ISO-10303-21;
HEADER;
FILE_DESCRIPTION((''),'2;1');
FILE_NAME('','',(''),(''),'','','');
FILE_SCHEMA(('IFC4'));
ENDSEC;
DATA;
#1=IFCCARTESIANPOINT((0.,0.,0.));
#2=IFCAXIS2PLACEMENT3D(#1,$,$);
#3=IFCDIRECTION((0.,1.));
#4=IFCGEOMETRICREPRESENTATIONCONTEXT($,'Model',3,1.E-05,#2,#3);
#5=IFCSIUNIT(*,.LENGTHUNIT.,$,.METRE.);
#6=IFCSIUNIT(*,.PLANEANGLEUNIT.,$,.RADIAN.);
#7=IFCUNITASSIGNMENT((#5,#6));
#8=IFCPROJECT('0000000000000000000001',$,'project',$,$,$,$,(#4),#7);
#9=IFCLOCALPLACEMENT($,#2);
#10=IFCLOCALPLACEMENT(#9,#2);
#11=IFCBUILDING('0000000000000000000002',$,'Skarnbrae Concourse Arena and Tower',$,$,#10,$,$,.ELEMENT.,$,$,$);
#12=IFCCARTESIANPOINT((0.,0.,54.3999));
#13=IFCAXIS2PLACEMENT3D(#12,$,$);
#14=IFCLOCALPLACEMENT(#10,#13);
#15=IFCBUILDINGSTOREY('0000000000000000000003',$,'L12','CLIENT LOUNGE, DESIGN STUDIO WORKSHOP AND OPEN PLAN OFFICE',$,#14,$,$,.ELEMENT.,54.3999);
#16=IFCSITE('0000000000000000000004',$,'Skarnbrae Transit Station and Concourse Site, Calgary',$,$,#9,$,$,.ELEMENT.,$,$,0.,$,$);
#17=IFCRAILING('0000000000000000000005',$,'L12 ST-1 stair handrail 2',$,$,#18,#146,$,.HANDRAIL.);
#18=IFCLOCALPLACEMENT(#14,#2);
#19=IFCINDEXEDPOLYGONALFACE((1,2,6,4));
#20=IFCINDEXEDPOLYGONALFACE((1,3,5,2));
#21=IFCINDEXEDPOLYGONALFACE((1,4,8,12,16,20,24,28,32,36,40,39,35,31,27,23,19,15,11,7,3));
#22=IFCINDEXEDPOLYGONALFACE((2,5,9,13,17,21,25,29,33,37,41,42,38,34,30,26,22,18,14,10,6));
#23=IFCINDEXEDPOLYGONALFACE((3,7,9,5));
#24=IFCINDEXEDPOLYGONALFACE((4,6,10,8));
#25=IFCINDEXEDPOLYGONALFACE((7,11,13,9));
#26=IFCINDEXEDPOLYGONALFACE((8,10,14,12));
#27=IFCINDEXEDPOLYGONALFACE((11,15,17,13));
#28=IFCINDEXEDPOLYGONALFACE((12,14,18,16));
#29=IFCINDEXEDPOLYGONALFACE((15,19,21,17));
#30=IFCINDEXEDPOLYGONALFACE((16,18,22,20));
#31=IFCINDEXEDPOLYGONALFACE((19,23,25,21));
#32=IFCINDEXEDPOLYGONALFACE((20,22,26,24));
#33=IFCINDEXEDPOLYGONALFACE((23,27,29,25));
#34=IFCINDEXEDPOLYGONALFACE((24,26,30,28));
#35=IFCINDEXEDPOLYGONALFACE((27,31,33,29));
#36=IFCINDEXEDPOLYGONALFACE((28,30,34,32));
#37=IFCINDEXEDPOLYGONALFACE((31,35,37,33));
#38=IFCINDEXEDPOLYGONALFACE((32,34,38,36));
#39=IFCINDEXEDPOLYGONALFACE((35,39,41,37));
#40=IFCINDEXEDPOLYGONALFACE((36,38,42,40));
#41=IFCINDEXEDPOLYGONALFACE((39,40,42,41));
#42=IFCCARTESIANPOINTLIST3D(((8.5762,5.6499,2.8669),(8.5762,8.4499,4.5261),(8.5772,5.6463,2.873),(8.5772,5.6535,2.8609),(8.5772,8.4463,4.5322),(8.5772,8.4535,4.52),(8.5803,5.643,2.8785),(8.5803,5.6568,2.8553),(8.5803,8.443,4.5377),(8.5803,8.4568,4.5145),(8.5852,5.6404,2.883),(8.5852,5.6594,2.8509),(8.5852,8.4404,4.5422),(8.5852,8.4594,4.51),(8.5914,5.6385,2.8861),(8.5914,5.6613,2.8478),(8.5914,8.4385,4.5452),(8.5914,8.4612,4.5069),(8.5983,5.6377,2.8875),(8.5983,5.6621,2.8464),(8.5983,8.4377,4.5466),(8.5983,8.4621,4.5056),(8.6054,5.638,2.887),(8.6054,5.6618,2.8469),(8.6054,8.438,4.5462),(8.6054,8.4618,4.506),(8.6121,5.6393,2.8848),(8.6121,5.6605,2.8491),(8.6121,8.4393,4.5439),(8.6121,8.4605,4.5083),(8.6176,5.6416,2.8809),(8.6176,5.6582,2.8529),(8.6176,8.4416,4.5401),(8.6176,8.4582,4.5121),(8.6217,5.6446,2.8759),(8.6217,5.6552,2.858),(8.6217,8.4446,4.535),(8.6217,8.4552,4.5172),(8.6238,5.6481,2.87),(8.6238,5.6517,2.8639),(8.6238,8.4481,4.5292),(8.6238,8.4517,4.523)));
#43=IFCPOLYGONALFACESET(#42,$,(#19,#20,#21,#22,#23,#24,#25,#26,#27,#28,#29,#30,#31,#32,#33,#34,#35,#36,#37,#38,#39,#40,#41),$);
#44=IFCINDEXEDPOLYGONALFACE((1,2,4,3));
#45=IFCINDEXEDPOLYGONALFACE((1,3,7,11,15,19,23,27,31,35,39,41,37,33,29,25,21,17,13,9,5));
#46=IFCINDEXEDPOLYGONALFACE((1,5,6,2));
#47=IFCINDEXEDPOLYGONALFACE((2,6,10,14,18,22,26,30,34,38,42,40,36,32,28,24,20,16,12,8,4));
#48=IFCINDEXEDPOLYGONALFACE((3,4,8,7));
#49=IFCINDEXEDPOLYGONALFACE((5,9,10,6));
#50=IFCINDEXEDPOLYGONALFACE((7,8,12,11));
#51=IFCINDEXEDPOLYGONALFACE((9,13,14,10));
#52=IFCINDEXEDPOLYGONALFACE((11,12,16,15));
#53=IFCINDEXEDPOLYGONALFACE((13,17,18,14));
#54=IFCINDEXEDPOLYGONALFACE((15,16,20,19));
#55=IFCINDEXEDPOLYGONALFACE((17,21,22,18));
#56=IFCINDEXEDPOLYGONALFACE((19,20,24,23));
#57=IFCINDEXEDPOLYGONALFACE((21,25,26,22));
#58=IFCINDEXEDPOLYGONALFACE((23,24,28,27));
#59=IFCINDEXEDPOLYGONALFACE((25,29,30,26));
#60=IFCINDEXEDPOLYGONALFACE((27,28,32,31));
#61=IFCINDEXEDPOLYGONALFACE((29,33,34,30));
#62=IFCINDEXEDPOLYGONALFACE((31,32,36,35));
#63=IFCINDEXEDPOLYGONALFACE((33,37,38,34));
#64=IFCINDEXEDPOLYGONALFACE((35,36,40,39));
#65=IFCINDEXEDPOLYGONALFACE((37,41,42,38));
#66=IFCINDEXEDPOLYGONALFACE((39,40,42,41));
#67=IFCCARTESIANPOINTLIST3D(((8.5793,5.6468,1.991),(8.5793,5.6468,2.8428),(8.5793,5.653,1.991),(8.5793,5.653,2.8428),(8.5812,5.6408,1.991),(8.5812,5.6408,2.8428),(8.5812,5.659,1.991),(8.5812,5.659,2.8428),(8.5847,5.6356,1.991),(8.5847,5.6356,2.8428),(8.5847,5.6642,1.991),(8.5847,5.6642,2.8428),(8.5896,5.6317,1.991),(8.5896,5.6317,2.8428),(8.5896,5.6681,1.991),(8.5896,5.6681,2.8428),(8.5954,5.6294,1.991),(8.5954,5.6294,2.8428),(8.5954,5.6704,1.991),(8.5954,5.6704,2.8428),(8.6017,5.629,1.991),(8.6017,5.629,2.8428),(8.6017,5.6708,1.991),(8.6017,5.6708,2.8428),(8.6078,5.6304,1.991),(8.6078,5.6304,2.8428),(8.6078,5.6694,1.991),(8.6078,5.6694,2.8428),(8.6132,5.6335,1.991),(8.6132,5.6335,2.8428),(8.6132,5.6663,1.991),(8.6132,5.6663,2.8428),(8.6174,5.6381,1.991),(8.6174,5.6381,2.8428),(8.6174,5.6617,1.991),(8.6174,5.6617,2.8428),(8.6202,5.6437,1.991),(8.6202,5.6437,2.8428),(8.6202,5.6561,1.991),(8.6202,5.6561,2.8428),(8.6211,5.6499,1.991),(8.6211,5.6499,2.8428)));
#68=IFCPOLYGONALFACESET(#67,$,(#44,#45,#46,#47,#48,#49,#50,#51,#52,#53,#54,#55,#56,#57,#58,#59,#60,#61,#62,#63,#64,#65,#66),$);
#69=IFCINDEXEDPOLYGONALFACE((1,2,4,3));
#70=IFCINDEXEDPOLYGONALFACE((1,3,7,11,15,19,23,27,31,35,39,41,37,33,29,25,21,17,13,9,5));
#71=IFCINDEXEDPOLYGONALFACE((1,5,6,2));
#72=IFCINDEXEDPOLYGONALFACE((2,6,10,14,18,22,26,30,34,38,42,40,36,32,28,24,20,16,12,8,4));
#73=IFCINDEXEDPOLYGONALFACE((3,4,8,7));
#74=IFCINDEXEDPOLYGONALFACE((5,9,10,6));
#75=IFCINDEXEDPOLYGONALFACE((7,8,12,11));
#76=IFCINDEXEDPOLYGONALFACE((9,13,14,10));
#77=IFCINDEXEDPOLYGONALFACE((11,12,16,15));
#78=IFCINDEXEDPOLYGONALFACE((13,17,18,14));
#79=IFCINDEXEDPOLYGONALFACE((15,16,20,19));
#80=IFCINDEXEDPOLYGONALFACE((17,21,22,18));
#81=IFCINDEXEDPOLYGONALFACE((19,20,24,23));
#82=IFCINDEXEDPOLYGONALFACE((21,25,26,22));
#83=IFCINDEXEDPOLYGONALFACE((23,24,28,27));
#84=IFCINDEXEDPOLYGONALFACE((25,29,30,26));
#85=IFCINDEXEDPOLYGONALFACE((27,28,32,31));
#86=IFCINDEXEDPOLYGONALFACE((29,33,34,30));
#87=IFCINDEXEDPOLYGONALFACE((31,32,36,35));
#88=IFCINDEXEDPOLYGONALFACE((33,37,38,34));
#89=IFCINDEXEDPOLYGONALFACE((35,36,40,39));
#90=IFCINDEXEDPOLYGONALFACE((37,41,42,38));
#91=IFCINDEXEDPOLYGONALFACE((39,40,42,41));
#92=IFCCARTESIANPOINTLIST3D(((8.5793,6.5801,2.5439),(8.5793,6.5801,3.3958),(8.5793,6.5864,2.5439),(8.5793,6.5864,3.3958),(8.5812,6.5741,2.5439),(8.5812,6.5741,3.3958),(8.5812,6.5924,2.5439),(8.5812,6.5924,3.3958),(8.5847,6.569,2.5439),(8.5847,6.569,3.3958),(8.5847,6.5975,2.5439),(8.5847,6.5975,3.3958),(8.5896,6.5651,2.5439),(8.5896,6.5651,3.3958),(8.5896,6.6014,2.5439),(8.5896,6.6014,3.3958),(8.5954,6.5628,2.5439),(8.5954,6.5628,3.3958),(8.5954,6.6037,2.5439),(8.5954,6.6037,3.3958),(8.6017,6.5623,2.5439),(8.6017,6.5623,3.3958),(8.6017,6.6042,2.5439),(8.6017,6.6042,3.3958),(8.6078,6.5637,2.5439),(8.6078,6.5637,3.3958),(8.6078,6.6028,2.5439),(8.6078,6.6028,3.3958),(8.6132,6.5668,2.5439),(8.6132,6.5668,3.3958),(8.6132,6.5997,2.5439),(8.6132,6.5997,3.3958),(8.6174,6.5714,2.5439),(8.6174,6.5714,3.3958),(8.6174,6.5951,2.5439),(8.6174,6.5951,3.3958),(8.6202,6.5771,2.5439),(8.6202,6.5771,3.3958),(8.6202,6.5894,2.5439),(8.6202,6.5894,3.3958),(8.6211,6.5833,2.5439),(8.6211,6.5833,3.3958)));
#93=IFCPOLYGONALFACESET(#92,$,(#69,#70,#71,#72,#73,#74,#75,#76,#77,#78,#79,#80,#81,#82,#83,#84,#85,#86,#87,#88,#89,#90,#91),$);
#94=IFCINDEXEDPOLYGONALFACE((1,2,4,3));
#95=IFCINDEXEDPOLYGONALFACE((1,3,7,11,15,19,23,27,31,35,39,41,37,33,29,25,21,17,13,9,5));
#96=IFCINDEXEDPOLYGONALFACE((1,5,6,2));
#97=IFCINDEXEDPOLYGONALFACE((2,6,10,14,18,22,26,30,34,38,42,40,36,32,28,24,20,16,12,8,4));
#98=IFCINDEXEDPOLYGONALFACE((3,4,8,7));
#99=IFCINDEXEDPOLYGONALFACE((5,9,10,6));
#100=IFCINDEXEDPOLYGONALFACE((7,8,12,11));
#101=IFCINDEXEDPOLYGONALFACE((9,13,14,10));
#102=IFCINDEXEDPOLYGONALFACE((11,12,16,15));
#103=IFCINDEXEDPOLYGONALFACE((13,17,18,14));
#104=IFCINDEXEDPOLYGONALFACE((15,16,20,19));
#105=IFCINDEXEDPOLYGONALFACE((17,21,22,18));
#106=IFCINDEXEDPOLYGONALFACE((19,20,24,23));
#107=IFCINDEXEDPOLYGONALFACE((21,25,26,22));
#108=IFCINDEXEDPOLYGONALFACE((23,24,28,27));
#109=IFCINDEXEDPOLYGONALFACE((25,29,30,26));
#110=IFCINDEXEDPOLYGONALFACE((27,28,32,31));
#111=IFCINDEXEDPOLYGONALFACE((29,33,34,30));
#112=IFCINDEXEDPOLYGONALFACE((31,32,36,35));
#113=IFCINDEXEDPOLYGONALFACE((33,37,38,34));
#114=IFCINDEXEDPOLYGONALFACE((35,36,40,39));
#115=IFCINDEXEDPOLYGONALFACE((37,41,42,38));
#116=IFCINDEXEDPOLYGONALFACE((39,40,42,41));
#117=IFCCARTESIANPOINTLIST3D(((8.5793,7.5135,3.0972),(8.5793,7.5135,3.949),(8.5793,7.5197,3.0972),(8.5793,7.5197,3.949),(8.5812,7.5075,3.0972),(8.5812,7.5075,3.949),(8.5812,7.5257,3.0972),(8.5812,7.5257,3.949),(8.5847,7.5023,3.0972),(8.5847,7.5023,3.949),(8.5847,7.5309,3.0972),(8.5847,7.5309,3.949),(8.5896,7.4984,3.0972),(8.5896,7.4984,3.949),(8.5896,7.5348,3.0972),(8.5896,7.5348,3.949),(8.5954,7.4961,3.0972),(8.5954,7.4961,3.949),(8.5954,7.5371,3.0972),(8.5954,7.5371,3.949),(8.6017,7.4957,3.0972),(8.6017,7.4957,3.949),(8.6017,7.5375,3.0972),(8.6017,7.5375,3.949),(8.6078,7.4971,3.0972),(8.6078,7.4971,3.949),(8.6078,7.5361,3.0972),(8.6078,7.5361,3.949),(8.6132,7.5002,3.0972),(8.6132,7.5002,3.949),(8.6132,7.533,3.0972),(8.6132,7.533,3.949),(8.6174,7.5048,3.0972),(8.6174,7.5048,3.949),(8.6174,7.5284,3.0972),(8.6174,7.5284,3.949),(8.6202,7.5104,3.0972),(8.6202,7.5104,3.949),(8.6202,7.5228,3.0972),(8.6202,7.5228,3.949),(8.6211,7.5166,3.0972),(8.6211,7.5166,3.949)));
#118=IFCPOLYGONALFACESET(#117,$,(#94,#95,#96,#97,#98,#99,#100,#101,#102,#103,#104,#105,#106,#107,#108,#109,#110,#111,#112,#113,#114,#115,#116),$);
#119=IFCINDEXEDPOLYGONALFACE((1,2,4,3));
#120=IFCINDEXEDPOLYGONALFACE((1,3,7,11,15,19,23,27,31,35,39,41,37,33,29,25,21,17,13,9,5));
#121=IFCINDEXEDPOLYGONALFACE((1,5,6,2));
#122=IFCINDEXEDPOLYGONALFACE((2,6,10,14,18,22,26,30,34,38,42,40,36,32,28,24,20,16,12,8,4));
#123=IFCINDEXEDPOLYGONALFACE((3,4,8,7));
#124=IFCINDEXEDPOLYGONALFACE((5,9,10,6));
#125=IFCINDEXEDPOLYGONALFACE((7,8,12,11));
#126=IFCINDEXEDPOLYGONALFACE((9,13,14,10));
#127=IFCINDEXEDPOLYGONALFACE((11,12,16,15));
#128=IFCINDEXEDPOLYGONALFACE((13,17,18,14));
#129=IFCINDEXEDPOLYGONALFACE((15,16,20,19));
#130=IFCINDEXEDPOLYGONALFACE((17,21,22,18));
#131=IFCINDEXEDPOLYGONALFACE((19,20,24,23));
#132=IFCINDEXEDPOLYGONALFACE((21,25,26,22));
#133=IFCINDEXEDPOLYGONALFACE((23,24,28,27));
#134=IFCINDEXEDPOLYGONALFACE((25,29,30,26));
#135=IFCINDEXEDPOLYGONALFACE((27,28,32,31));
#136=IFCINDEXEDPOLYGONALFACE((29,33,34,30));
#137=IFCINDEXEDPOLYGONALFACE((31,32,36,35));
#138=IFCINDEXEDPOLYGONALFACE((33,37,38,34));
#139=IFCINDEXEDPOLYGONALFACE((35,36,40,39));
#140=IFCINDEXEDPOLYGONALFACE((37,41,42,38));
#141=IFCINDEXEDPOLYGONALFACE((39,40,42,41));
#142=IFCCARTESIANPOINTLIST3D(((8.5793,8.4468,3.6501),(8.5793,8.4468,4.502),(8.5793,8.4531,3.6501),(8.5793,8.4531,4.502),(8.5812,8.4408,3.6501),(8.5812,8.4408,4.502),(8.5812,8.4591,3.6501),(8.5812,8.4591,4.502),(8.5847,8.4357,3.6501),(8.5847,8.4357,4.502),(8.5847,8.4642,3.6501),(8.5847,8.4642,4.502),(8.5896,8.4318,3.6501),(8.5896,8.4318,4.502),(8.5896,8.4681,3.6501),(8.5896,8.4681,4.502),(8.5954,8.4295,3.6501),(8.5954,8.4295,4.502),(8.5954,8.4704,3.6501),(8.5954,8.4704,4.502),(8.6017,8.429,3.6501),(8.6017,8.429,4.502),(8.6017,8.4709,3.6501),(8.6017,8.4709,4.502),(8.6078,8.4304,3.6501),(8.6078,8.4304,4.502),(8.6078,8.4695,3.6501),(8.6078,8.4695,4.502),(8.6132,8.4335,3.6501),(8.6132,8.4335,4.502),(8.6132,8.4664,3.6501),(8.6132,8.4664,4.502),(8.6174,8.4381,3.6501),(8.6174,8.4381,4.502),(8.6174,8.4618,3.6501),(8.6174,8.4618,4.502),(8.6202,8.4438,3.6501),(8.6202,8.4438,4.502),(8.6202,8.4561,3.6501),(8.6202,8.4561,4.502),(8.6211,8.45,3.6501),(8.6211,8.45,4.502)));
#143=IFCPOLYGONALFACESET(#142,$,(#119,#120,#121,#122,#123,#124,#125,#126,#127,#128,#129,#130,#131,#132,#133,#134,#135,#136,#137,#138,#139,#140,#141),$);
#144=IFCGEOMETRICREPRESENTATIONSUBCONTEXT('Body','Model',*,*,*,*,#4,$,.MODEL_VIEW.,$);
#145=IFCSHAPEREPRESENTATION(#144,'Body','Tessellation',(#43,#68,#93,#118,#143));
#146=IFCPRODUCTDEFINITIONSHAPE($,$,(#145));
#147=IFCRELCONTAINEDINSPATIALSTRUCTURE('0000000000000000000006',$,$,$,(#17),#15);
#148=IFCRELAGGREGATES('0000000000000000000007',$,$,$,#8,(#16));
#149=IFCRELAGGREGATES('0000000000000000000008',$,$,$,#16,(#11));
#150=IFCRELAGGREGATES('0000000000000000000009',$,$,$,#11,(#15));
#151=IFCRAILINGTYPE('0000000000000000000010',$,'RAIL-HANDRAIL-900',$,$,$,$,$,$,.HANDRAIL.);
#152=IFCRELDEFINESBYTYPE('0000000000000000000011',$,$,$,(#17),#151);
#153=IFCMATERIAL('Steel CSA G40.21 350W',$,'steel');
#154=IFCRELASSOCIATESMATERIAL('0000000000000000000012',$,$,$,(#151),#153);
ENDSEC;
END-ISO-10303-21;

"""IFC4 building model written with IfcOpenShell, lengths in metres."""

from ifc_helpers import new_model, si_unit, direction, frame, origin, origin_2d, place, context, subcontext, project, spatial, circle, extrude, material, type_object, element, save


model = new_model("IFC4")

# Units and contexts
model_context = context("Model", 3, precision=1e-05, world=origin(), true_north=direction((0.0, 1.0)))
body_context = subcontext(model_context, "Body", "Model", "MODEL_VIEW")
ifc_project = project(units=[si_unit("LENGTHUNIT", "METRE"), si_unit("PLANEANGLEUNIT", "RADIAN")], contexts=[model_context])

# Site, building, storey
site_placement = place(None, origin())
site = spatial("IfcSite", under=ifc_project, at=site_placement, Name="Skarnbrae Transit Station and Concourse Site, Calgary", CompositionType="ELEMENT", RefElevation=0.0)
building_placement = place(site_placement, origin())
building = spatial("IfcBuilding", under=site, at=building_placement, Name="Skarnbrae Concourse Arena and Tower", CompositionType="ELEMENT")
storey_placement = place(building_placement, frame((0.0, 0.0, 54.3999)))
storey = spatial("IfcBuildingStorey", under=building, at=storey_placement, Name="L12", Description="CLIENT LOUNGE, DESIGN STUDIO WORKSHOP AND OPEN PLAN OFFICE", CompositionType="ELEMENT", Elevation=54.3999)

# Shared definitions
ifc_material_1 = material(Name="Steel CSA G40.21 350W", Category="steel")

# Railing
railing_type_1 = type_object("IfcRailingType", Name="RAIL-HANDRAIL-900", PredefinedType="HANDRAIL", material=ifc_material_1)
railing_1_placement = place(storey_placement, frame((8.6001, 5.6499, 1.991)))
element("IfcRailing", 1, at=railing_1_placement, inside=storey, type_object=railing_type_1, Name="L12 ST-1 stair handrail 2", PredefinedType="HANDRAIL", context=body_context, shape_type="SweptSolid", body=[
    extrude(circle(Radius=0.0239, at=origin_2d()), frame((0.0, 0.0, 0.876), z_axis=(0.0, 0.860306, 0.509778), x_axis=(-1.0, 0.0, 0.0)), (0.0, 0.0, 1.0), 3.2546),
    extrude(circle(Radius=0.021, at=origin_2d()), origin(), (0.0, 0.0, 1.0), 0.8518),
    extrude(circle(Radius=0.021, at=origin_2d()), frame((0.0, 0.9333, 0.553)), (0.0, 0.0, 1.0), 0.8518),
    extrude(circle(Radius=0.021, at=origin_2d()), frame((0.0, 1.8667, 1.1062)), (0.0, 0.0, 1.0), 0.8518),
    extrude(circle(Radius=0.021, at=origin_2d()), frame((0.0, 2.8, 1.6592)), (0.0, 0.0, 1.0), 0.8518),
])

save(model, "model.ifc")
